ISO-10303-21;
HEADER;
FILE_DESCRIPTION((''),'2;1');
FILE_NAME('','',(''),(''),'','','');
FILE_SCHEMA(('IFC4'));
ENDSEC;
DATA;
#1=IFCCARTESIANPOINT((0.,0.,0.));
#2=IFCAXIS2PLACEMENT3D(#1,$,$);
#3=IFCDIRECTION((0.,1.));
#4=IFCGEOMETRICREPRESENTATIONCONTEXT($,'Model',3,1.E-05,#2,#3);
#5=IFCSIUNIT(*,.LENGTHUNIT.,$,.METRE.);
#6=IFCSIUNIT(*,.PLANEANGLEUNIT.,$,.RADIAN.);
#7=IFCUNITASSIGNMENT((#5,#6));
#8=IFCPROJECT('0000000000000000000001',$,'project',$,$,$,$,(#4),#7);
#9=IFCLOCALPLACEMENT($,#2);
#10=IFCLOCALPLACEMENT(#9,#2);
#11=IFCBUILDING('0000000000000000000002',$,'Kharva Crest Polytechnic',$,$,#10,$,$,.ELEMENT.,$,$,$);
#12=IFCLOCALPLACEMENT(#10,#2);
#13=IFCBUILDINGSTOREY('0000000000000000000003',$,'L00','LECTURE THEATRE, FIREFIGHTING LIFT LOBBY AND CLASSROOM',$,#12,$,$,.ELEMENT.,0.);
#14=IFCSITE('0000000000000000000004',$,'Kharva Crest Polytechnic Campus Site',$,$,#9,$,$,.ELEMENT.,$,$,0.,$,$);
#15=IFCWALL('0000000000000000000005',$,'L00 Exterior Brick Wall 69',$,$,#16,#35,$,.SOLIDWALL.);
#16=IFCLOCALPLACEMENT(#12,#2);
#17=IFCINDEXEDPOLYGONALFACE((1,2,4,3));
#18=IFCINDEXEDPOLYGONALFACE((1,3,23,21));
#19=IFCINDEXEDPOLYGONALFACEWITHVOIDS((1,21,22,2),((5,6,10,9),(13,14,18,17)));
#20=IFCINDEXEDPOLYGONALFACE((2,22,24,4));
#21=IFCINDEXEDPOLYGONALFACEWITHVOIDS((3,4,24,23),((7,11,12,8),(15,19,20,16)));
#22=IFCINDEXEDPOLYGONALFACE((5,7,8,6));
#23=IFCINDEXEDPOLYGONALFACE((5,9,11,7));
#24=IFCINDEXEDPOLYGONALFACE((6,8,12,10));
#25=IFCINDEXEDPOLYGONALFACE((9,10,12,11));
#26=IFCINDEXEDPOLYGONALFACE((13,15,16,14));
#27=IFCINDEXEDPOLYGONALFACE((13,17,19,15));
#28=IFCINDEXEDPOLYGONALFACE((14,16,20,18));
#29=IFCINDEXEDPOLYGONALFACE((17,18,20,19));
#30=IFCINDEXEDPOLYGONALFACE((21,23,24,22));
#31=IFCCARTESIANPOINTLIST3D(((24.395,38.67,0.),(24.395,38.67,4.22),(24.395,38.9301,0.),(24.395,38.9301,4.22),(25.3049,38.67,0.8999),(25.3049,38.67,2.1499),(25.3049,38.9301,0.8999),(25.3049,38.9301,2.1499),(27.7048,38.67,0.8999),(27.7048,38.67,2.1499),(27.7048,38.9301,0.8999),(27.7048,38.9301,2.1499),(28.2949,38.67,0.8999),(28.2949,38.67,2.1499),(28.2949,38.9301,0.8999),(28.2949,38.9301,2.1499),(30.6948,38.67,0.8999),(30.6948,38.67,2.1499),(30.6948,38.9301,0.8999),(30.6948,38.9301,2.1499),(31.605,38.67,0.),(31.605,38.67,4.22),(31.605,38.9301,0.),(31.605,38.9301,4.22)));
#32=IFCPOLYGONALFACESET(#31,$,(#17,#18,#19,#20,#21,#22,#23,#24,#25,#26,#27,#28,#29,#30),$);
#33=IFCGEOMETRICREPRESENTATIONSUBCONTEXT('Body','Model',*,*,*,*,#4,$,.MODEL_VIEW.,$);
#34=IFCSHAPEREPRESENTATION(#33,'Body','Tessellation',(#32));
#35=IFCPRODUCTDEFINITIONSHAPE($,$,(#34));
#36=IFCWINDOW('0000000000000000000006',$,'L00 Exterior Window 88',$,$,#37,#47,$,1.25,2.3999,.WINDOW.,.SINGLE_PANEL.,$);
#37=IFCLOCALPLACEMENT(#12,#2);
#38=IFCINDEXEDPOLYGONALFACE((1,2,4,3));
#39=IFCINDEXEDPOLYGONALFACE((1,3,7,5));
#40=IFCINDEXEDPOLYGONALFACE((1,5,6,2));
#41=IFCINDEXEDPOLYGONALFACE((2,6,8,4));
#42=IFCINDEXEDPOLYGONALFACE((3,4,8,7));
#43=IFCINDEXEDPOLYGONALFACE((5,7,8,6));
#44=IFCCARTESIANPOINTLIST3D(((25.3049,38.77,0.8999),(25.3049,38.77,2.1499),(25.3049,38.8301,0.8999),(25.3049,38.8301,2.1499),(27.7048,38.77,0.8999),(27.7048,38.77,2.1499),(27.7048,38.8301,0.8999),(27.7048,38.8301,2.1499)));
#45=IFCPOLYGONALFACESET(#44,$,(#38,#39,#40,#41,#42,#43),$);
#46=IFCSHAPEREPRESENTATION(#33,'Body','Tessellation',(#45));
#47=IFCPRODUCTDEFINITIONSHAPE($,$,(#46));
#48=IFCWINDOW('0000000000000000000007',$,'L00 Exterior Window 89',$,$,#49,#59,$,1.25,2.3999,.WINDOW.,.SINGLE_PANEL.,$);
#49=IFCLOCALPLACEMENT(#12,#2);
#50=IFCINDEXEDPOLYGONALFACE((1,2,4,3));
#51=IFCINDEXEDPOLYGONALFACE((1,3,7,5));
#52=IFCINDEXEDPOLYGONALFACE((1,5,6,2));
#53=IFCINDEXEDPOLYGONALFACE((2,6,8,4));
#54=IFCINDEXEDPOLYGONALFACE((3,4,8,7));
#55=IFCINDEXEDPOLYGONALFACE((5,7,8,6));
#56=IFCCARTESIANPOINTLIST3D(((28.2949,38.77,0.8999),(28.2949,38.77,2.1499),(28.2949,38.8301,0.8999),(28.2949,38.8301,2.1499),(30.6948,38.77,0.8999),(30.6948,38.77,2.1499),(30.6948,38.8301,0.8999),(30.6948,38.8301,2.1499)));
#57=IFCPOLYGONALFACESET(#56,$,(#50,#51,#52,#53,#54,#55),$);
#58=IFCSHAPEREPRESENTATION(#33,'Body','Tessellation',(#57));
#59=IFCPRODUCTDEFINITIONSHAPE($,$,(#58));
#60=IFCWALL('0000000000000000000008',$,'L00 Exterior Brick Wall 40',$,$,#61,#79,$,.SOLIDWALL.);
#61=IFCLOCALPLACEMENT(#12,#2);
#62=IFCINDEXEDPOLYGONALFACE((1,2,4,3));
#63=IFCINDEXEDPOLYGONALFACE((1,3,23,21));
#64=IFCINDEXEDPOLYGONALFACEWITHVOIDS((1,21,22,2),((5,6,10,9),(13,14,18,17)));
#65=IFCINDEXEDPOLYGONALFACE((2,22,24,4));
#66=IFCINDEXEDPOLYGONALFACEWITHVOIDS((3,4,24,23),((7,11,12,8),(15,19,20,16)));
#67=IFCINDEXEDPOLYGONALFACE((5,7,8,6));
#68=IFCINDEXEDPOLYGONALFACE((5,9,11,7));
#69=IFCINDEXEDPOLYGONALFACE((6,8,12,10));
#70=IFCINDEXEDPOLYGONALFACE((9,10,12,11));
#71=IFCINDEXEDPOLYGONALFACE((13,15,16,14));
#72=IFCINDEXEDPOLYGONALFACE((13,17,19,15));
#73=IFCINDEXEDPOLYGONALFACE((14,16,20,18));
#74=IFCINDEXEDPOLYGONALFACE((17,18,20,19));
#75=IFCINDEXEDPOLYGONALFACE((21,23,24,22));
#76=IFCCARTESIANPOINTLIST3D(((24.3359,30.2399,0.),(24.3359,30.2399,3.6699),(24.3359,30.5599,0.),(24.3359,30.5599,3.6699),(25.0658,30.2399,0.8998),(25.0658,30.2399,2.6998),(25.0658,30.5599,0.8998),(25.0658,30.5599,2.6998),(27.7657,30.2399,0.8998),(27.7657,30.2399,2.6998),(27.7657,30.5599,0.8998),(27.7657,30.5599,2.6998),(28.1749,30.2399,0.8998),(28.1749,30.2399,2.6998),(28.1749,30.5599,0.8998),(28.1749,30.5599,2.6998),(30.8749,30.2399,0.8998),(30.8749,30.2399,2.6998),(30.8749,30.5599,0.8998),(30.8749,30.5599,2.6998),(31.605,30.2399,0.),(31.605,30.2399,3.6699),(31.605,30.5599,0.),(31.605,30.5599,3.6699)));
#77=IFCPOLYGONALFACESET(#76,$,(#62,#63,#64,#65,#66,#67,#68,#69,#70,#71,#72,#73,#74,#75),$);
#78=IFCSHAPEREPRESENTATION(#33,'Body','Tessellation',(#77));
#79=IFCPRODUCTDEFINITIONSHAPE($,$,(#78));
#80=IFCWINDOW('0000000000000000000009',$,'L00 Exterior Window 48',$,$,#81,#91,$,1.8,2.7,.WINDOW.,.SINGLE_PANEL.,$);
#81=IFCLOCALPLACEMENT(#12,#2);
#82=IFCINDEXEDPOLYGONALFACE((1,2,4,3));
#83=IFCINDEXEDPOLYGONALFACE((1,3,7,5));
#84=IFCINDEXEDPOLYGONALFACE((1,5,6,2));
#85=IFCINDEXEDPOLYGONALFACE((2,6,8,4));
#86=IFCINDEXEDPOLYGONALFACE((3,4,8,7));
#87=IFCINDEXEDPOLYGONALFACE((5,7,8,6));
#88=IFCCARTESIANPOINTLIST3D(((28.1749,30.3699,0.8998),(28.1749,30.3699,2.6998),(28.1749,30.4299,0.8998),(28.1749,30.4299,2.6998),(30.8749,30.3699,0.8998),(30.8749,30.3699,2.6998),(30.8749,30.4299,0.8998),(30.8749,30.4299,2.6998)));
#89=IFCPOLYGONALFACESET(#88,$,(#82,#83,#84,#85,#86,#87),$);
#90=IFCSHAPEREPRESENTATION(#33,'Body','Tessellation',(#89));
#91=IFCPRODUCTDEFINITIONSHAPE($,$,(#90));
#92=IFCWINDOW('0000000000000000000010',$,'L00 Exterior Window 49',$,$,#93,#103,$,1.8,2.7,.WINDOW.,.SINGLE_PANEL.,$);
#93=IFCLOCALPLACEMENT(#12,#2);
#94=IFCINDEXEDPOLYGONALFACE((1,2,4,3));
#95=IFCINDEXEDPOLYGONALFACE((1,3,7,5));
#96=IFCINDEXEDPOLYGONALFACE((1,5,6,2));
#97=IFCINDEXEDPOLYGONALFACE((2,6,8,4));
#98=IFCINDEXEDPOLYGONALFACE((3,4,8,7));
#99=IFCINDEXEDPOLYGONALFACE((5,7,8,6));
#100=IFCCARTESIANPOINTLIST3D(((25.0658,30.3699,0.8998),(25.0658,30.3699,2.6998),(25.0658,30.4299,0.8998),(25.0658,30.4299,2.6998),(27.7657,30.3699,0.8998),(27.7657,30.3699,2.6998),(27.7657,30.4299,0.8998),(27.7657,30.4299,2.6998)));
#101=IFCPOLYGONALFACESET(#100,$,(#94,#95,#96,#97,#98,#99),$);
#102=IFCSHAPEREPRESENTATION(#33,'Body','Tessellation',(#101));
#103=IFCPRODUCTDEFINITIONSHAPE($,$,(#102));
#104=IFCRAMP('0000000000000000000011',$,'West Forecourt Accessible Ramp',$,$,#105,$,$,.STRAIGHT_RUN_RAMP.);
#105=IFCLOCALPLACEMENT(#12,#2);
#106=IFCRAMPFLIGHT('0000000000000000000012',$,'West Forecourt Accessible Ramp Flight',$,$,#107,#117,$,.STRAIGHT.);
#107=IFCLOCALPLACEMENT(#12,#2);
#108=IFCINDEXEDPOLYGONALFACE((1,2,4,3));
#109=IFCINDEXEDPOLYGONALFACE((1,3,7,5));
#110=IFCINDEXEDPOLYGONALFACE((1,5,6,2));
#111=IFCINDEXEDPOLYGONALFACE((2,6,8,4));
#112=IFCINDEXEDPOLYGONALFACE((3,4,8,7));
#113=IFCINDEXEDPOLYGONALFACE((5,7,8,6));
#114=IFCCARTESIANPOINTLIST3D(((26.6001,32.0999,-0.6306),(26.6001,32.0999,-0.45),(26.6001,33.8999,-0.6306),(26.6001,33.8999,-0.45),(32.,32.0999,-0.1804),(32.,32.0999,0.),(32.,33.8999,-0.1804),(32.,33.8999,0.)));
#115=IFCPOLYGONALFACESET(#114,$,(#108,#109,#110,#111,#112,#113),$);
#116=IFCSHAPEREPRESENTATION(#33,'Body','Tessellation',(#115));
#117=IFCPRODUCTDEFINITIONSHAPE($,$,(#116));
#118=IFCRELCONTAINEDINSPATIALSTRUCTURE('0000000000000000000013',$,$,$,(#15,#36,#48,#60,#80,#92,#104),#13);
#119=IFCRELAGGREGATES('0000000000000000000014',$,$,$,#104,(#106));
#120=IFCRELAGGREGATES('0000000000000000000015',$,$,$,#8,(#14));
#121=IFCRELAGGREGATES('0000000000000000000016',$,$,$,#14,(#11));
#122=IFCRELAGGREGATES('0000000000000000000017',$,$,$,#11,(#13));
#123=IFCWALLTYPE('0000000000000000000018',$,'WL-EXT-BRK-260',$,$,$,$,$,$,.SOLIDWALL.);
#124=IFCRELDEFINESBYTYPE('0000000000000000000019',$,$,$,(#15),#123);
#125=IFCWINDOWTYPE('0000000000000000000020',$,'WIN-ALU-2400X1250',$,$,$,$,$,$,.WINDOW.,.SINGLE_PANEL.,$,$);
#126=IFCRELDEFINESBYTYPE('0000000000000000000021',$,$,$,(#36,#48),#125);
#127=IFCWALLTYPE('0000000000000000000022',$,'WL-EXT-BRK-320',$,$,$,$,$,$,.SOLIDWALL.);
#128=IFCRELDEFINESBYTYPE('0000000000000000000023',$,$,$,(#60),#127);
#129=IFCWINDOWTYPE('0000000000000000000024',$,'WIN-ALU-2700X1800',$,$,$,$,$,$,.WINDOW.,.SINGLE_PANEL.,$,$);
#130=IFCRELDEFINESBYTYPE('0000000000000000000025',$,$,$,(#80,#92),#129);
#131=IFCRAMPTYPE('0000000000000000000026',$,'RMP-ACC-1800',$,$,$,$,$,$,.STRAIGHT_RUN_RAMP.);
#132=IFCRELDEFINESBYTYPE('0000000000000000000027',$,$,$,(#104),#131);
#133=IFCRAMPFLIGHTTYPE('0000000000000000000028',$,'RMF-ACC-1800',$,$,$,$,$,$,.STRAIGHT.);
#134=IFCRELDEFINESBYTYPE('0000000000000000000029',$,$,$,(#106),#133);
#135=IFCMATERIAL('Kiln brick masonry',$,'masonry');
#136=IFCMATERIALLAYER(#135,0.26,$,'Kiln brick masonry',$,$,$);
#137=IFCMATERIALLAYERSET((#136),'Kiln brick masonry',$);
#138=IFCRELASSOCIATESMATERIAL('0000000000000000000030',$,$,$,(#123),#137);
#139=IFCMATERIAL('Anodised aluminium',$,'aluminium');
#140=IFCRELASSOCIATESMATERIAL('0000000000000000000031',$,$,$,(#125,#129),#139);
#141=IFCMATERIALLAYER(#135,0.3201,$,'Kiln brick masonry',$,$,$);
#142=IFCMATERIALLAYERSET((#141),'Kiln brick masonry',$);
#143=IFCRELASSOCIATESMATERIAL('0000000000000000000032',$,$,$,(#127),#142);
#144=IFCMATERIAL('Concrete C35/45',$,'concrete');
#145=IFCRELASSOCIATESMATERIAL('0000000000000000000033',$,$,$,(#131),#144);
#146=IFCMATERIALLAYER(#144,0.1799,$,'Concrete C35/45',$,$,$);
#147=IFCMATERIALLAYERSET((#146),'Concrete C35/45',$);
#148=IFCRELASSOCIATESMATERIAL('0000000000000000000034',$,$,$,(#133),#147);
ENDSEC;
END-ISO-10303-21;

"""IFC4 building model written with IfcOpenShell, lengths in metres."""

from ifc_helpers import new_model, si_unit, direction, frame, frame_2d, origin, place, context, subcontext, project, spatial, polyline, rectangle, outline, extrude, material, layer, layer_set, type_object, element, fill, aggregate, save


model = new_model("IFC4")

# Units and contexts
model_context = context("Model", 3, precision=1e-05, world=origin(), true_north=direction((0.0, 1.0)))
body_context = subcontext(model_context, "Body", "Model", "MODEL_VIEW")
ifc_project = project(units=[si_unit("LENGTHUNIT", "METRE"), si_unit("PLANEANGLEUNIT", "RADIAN")], contexts=[model_context])

# Site, building, storey
site_placement = place(None, origin())
site = spatial("IfcSite", under=ifc_project, at=site_placement, Name="Kharva Crest Polytechnic Campus Site", CompositionType="ELEMENT", RefElevation=0.0)
building_placement = place(site_placement, origin())
building = spatial("IfcBuilding", under=site, at=building_placement, Name="Kharva Crest Polytechnic", CompositionType="ELEMENT")
storey_placement = place(building_placement, origin())
storey = spatial("IfcBuildingStorey", under=building, at=storey_placement, Name="L00", Description="LECTURE THEATRE, FIREFIGHTING LIFT LOBBY AND CLASSROOM", CompositionType="ELEMENT", Elevation=0.0)

# Shared definitions
ifc_material_1 = material(Name="Concrete C35/45", Category="concrete")

# Walls, openings, windows
ifc_material_2 = material(Name="Kiln brick masonry", Category="masonry")
ifc_layer_1 = layer(ifc_material_2, 0.26, Name="Kiln brick masonry")
ifc_layer_set_1 = layer_set([ifc_layer_1], Name="Kiln brick masonry")
wall_type_1 = type_object("IfcWallType", Name="WL-EXT-BRK-260", PredefinedType="SOLIDWALL", material=ifc_layer_set_1)
wall_1_placement = place(storey_placement, frame((24.395, 38.8, 0.0), z_axis=(0.0, 0.0, 1.0), x_axis=(1.0, 0.0, 0.0)))
wall_1 = element("IfcWall", 1, at=wall_1_placement, inside=storey, type_object=wall_type_1, Name="L00 Exterior Brick Wall 69", PredefinedType="SOLIDWALL", context=body_context, shape_type="SweptSolid", body=[
    extrude(rectangle(XDim=7.21, YDim=0.26, at=frame_2d((3.605, 0.0))), origin(), (0.0, 0.0, 1.0), 4.22),
])
opening_1_placement = place(wall_1_placement, frame((0.9099, 0.0, 0.8999)))
opening_1 = element("IfcOpeningElement", 2, at=opening_1_placement, cuts=wall_1, PredefinedType="OPENING", context=body_context, shape_type="SweptSolid", body=[
    extrude(rectangle(XDim=2.3999, YDim=1.25, at=frame_2d((1.2, 0.625))), frame((0.0, 0.1399, 0.0), z_axis=(0.0, -1.0, 0.0), x_axis=(1.0, 0.0, 0.0)), (0.0, 0.0, 1.0), 0.28),
])
opening_2_placement = place(wall_1_placement, frame((3.8999, 0.0, 0.8999)))
opening_2 = element("IfcOpeningElement", 3, at=opening_2_placement, cuts=wall_1, PredefinedType="OPENING", context=body_context, shape_type="SweptSolid", body=[
    extrude(rectangle(XDim=2.3999, YDim=1.25, at=frame_2d((1.2, 0.625))), frame((0.0, 0.1399, 0.0), z_axis=(0.0, -1.0, 0.0), x_axis=(1.0, 0.0, 0.0)), (0.0, 0.0, 1.0), 0.28),
])
ifc_material_3 = material(Name="Anodised aluminium", Category="aluminium")
window_type_1 = type_object("IfcWindowType", Name="WIN-ALU-2400X1250", PartitioningType="SINGLE_PANEL", PredefinedType="WINDOW", material=ifc_material_3)
window_1_placement = place(opening_1_placement, origin())
window_1 = element("IfcWindow", 4, at=window_1_placement, inside=storey, type_object=window_type_1, Name="L00 Exterior Window 88", OverallHeight=1.25, OverallWidth=2.3999, PartitioningType="SINGLE_PANEL", PredefinedType="WINDOW", context=body_context, shape_type="SweptSolid", body=[
    extrude(rectangle(XDim=2.3999, YDim=1.25, at=frame_2d((1.2, 0.625))), frame((0.0, 0.03, 0.0), z_axis=(0.0, -1.0, 0.0), x_axis=(1.0, 0.0, 0.0)), (0.0, 0.0, 1.0), 0.0601),
])
fill(opening_1, window_1)
window_2_placement = place(opening_2_placement, origin())
window_2 = element("IfcWindow", 5, at=window_2_placement, inside=storey, type_object=window_type_1, Name="L00 Exterior Window 89", OverallHeight=1.25, OverallWidth=2.3999, PartitioningType="SINGLE_PANEL", PredefinedType="WINDOW", context=body_context, shape_type="SweptSolid", body=[
    extrude(rectangle(XDim=2.3999, YDim=1.25, at=frame_2d((1.2, 0.625))), frame((0.0, 0.03, 0.0), z_axis=(0.0, -1.0, 0.0), x_axis=(1.0, 0.0, 0.0)), (0.0, 0.0, 1.0), 0.0601),
])
fill(opening_2, window_2)
ifc_layer_2 = layer(ifc_material_2, 0.3201, Name="Kiln brick masonry")
ifc_layer_set_2 = layer_set([ifc_layer_2], Name="Kiln brick masonry")
wall_type_2 = type_object("IfcWallType", Name="WL-EXT-BRK-320", PredefinedType="SOLIDWALL", material=ifc_layer_set_2)
wall_2_placement = place(storey_placement, frame((31.605, 30.3999, 0.0), z_axis=(0.0, 0.0, 1.0), x_axis=(-1.0, 0.0, 0.0)))
wall_2 = element("IfcWall", 6, at=wall_2_placement, inside=storey, type_object=wall_type_2, Name="L00 Exterior Brick Wall 40", PredefinedType="SOLIDWALL", context=body_context, shape_type="SweptSolid", body=[
    extrude(rectangle(XDim=7.269, YDim=0.3201, at=frame_2d((3.6345, 0.0))), origin(), (0.0, 0.0, 1.0), 3.6699),
])
opening_3_placement = place(wall_2_placement, frame((0.73, 0.0, 0.8999)))
opening_3 = element("IfcOpeningElement", 7, at=opening_3_placement, cuts=wall_2, PredefinedType="OPENING", context=body_context, shape_type="SweptSolid", body=[
    extrude(rectangle(XDim=2.7, YDim=1.8, at=frame_2d((1.3501, 0.8999))), frame((0.0, 0.1699, 0.0), z_axis=(0.0, -1.0, 0.0), x_axis=(1.0, 0.0, 0.0)), (0.0, 0.0, 1.0), 0.3401),
])
opening_4_placement = place(wall_2_placement, frame((3.8391, 0.0, 0.8999)))
opening_4 = element("IfcOpeningElement", 8, at=opening_4_placement, cuts=wall_2, PredefinedType="OPENING", context=body_context, shape_type="SweptSolid", body=[
    extrude(rectangle(XDim=2.7, YDim=1.8, at=frame_2d((1.3501, 0.8999))), frame((0.0, 0.1699, 0.0), z_axis=(0.0, -1.0, 0.0), x_axis=(1.0, 0.0, 0.0)), (0.0, 0.0, 1.0), 0.3401),
])
window_type_2 = type_object("IfcWindowType", Name="WIN-ALU-2700X1800", PartitioningType="SINGLE_PANEL", PredefinedType="WINDOW", material=ifc_material_3)
window_3_placement = place(opening_3_placement, origin())
window_3 = element("IfcWindow", 9, at=window_3_placement, inside=storey, type_object=window_type_2, Name="L00 Exterior Window 48", OverallHeight=1.8, OverallWidth=2.7, PartitioningType="SINGLE_PANEL", PredefinedType="WINDOW", context=body_context, shape_type="SweptSolid", body=[
    extrude(rectangle(XDim=2.7, YDim=1.8, at=frame_2d((1.3501, 0.8999))), frame((0.0, 0.03, 0.0), z_axis=(0.0, -1.0, 0.0), x_axis=(1.0, 0.0, 0.0)), (0.0, 0.0, 1.0), 0.0601),
])
fill(opening_3, window_3)
window_4_placement = place(opening_4_placement, origin())
window_4 = element("IfcWindow", 10, at=window_4_placement, inside=storey, type_object=window_type_2, Name="L00 Exterior Window 49", OverallHeight=1.8, OverallWidth=2.7, PartitioningType="SINGLE_PANEL", PredefinedType="WINDOW", context=body_context, shape_type="SweptSolid", body=[
    extrude(rectangle(XDim=2.7, YDim=1.8, at=frame_2d((1.3501, 0.8999))), frame((0.0, 0.03, 0.0), z_axis=(0.0, -1.0, 0.0), x_axis=(1.0, 0.0, 0.0)), (0.0, 0.0, 1.0), 0.0601),
])
fill(opening_4, window_4)

# Ramp, ramp flight
ramp_type = type_object("IfcRampType", Name="RMP-ACC-1800", PredefinedType="STRAIGHT_RUN_RAMP", material=ifc_material_1)
ramp_placement = place(storey_placement, origin())
ramp = element("IfcRamp", 11, at=ramp_placement, inside=storey, type_object=ramp_type, Name="West Forecourt Accessible Ramp", PredefinedType="STRAIGHT_RUN_RAMP")
ifc_layer_3 = layer(ifc_material_1, 0.1799, Name="Concrete C35/45")
ifc_layer_set_3 = layer_set([ifc_layer_3], Name="Concrete C35/45")
ramp_flight_type = type_object("IfcRampFlightType", Name="RMF-ACC-1800", PredefinedType="STRAIGHT", material=ifc_layer_set_3)
ramp_flight_placement = place(storey_placement, frame((26.6001, 33.0, -0.45), z_axis=(0.0, 0.0, 1.0), x_axis=(1.0, 0.0, 0.0)))
ramp_flight = element("IfcRampFlight", 12, at=ramp_flight_placement, type_object=ramp_flight_type, Name="West Forecourt Accessible Ramp Flight", PredefinedType="STRAIGHT", context=body_context, shape_type="SweptSolid", body=[
    extrude(outline(polyline([(0.0, 0.0), (5.3999, 0.45), (5.3999, 0.2695), (0.0, -0.1807), (0.0, 0.0)])), frame((0.0, 0.8999, 0.0), z_axis=(0.0, -1.0, 0.0), x_axis=(1.0, 0.0, 0.0)), (0.0, 0.0, 1.0), 1.8),
])
aggregate(ramp, [ramp_flight])

save(model, "model.ifc")
